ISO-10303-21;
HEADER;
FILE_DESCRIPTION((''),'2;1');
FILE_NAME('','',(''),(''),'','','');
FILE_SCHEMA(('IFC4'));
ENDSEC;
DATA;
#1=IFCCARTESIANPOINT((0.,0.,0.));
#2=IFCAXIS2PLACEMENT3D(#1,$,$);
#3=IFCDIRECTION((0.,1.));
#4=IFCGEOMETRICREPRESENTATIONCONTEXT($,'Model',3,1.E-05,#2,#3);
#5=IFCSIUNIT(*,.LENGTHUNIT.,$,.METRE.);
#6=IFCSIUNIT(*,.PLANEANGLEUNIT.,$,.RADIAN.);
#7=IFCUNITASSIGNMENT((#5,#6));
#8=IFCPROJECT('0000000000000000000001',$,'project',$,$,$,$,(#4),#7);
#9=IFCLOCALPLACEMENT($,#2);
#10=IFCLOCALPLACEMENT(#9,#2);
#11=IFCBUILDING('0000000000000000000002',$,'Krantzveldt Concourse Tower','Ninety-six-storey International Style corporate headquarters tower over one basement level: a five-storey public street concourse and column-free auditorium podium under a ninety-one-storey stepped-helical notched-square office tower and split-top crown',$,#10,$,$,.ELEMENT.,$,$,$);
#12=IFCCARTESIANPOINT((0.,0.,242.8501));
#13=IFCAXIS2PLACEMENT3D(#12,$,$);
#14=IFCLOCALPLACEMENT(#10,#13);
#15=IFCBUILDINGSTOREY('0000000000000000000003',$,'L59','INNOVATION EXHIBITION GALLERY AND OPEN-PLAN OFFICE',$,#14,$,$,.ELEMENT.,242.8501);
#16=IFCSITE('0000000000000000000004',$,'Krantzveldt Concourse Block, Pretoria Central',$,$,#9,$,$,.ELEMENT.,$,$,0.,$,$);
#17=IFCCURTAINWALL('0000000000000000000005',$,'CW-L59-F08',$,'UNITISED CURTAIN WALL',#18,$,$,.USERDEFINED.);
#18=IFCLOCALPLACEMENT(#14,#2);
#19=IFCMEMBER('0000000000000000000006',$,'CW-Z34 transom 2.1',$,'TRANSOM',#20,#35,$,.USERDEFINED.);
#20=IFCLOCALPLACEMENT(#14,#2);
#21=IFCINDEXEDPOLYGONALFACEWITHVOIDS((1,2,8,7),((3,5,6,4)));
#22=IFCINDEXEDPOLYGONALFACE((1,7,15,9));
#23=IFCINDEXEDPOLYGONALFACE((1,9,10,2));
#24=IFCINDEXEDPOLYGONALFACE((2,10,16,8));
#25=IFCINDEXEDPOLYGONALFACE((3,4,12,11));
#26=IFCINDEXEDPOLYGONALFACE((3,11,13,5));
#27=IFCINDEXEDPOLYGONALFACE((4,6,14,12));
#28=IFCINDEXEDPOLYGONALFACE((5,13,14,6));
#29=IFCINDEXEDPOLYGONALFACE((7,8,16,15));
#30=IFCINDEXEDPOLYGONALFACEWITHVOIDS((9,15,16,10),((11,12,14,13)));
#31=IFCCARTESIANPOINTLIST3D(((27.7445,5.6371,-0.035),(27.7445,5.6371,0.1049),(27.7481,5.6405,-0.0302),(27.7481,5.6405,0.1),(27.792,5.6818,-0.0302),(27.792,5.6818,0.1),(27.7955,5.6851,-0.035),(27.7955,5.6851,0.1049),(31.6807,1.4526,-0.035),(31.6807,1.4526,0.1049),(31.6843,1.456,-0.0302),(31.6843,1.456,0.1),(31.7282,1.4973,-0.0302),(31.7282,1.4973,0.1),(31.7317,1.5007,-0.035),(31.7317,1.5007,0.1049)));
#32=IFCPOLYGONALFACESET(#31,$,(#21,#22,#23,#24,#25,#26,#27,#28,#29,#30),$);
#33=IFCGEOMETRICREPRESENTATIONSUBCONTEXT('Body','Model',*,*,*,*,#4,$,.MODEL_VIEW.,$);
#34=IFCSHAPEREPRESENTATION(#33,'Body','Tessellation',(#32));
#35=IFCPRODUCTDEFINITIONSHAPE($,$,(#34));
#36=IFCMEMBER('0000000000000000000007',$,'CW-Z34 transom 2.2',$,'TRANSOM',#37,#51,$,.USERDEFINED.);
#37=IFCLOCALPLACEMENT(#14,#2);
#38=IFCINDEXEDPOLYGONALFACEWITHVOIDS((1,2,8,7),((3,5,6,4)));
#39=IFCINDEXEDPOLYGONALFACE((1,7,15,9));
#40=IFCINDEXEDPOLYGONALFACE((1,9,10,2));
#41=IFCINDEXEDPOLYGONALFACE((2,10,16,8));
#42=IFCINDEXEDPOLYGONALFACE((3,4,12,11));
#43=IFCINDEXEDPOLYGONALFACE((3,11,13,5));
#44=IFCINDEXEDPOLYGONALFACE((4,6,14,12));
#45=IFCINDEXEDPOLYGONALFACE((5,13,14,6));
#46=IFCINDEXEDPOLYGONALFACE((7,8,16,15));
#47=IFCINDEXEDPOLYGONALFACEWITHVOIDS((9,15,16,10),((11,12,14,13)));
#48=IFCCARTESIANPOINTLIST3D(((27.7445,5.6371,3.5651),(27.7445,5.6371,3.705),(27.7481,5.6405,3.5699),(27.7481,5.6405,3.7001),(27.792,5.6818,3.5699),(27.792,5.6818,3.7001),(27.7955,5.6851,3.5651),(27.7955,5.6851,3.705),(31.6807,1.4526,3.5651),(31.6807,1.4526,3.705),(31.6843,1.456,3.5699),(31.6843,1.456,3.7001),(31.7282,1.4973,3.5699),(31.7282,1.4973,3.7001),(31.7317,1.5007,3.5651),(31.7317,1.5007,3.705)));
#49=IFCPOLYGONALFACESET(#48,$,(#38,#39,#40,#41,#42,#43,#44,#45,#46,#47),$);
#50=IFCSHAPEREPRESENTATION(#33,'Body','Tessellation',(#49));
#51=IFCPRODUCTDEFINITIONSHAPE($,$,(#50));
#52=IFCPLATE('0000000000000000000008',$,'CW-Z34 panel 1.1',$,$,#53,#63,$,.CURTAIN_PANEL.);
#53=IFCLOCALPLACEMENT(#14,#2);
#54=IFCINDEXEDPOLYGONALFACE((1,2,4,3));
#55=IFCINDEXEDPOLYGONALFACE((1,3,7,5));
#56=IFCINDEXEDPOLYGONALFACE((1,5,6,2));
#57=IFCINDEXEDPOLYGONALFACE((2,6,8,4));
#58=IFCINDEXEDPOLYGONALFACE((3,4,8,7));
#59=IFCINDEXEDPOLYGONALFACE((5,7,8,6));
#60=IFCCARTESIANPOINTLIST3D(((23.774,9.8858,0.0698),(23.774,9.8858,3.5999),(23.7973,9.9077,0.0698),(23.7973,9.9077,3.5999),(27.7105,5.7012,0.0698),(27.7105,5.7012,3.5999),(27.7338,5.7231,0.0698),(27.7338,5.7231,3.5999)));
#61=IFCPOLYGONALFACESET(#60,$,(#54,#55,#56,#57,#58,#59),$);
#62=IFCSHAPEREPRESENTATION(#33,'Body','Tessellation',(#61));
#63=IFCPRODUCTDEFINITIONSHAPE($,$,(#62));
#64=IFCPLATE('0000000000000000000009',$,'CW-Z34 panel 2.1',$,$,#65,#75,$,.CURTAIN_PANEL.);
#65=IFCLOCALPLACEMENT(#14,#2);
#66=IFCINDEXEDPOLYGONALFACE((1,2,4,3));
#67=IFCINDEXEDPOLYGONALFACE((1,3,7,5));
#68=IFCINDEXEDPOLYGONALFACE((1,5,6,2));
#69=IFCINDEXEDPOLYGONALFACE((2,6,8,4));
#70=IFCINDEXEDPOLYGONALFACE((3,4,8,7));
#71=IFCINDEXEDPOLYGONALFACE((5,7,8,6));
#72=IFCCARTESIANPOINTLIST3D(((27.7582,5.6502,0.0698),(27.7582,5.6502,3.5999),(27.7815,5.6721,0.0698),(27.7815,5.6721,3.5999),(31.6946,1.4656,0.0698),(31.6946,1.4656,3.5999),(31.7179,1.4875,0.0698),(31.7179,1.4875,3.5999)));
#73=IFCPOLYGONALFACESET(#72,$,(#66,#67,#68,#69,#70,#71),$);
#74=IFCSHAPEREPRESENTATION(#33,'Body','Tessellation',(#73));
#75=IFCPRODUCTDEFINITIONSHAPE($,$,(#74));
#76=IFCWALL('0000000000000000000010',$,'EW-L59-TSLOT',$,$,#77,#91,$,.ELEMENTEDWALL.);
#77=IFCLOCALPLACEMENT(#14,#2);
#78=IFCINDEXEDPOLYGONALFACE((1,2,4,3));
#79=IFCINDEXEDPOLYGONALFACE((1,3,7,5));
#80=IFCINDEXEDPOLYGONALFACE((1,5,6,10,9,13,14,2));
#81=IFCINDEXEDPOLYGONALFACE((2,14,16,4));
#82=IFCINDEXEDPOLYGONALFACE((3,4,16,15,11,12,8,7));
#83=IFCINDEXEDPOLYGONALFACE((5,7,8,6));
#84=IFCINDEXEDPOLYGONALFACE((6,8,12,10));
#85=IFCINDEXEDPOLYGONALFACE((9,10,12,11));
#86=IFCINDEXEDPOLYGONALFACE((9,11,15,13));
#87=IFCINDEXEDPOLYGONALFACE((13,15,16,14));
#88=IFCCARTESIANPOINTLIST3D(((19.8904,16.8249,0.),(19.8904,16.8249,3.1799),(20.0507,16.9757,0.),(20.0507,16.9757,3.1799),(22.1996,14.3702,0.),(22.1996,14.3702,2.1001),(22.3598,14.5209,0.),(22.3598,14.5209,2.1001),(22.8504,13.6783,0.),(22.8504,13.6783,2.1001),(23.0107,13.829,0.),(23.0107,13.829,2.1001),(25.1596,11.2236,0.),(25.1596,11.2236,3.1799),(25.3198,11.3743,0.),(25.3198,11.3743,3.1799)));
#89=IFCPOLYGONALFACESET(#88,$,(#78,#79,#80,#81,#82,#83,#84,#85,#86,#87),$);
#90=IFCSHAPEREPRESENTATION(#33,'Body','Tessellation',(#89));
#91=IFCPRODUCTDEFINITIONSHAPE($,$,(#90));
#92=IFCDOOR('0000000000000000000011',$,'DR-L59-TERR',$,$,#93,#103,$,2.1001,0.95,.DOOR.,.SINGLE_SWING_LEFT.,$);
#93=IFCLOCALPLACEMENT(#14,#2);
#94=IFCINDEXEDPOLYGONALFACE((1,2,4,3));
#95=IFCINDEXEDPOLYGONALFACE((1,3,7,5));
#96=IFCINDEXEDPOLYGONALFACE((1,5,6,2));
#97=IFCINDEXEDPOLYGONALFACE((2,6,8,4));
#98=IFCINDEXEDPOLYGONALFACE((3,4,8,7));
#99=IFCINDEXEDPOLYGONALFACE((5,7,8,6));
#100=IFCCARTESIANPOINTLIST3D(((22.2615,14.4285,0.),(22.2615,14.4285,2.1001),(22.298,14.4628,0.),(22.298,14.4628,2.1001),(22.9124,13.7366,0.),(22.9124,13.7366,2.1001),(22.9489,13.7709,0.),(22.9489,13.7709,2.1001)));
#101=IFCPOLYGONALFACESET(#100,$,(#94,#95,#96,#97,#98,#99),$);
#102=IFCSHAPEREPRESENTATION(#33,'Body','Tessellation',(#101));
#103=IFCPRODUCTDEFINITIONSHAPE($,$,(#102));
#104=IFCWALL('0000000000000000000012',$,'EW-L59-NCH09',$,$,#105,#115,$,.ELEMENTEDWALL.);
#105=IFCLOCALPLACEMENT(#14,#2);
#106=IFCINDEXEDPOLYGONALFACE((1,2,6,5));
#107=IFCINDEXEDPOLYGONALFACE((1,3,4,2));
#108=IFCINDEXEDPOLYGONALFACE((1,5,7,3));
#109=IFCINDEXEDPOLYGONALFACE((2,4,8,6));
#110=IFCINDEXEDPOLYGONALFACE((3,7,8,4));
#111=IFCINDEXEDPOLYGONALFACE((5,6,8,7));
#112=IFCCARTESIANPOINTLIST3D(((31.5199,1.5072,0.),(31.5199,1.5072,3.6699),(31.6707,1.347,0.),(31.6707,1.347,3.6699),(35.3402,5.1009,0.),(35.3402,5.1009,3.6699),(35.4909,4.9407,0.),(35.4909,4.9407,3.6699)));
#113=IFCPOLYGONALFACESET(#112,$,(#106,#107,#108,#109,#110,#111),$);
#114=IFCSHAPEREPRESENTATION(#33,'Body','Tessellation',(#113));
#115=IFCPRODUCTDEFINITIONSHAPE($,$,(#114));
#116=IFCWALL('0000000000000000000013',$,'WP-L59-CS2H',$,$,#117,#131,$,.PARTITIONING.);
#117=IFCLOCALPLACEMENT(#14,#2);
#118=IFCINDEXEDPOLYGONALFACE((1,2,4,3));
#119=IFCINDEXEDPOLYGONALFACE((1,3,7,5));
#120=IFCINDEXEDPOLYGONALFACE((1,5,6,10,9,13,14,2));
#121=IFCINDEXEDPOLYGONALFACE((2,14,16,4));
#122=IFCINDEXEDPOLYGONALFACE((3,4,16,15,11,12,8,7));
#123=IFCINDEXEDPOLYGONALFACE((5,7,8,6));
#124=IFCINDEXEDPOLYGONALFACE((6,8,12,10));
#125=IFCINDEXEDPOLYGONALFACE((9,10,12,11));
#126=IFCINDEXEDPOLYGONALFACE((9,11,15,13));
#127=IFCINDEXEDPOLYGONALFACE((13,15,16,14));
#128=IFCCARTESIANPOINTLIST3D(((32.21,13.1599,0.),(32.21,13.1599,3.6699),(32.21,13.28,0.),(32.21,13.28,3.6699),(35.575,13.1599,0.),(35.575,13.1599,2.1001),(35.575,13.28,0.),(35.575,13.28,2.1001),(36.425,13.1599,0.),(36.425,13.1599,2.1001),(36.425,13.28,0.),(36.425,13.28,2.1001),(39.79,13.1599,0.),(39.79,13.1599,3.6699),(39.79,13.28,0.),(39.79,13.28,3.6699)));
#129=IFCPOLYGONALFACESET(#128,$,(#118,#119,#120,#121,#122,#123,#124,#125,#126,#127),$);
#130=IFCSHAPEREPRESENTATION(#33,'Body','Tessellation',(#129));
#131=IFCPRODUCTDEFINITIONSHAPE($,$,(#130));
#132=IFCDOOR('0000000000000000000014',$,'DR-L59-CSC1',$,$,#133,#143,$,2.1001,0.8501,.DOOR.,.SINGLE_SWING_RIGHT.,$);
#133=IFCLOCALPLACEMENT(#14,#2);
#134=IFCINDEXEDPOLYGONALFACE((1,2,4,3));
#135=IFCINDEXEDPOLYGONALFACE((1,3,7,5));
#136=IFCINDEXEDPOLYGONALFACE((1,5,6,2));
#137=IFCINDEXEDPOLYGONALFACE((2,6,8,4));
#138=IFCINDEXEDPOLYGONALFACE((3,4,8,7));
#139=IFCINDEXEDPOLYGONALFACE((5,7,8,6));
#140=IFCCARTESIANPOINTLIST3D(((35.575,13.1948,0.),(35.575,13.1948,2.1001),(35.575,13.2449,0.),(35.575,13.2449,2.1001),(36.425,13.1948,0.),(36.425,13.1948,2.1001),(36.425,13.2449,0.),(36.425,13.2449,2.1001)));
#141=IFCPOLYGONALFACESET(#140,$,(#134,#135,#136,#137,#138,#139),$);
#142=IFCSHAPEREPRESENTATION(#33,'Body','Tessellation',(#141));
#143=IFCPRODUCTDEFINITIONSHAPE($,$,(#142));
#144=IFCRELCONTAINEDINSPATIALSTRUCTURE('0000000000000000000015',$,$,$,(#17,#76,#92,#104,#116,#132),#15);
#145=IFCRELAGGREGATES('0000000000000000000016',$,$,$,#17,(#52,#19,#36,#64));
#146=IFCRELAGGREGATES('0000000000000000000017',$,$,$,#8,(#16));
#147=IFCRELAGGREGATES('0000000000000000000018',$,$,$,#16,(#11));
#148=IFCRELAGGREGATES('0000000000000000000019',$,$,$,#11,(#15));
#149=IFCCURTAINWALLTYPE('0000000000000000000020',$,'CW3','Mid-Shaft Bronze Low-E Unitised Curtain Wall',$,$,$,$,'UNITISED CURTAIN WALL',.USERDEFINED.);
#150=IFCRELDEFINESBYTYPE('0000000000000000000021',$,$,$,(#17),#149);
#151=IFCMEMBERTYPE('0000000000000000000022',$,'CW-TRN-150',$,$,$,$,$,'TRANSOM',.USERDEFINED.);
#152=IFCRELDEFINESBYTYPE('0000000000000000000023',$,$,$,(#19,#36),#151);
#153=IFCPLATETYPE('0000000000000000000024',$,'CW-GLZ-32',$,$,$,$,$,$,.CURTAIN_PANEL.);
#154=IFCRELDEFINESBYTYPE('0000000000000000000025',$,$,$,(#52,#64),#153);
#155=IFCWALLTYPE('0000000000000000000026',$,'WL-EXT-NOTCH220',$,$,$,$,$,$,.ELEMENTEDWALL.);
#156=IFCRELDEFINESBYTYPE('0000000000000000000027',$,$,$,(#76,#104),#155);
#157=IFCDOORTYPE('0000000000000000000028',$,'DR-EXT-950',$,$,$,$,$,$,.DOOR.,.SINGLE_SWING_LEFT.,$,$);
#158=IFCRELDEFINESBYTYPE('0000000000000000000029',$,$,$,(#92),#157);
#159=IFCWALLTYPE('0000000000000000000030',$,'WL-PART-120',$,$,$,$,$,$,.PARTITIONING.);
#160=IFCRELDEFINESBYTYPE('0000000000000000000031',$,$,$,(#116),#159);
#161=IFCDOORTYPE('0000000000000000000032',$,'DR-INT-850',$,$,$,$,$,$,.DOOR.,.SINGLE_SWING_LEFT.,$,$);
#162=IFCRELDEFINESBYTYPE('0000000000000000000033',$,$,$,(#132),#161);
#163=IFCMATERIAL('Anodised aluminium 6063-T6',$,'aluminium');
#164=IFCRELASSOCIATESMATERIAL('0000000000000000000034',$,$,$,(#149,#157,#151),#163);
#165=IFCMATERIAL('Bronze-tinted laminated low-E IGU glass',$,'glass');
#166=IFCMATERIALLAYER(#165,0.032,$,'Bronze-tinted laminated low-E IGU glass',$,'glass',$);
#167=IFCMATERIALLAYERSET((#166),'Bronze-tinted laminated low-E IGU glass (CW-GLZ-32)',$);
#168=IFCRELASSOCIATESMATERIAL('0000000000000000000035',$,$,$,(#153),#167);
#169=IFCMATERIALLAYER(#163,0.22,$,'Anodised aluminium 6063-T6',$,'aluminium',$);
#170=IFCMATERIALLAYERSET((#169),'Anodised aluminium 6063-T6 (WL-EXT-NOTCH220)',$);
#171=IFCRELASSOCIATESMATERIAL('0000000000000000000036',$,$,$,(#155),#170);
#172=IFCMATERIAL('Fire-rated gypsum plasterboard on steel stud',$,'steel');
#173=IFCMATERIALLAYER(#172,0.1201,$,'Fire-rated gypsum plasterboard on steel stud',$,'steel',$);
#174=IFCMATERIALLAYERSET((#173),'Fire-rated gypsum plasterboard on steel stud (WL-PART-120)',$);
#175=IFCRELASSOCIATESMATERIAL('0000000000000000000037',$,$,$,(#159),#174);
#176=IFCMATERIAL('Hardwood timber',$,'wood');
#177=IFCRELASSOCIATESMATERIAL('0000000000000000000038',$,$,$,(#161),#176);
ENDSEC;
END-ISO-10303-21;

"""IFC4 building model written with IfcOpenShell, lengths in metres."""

from ifc_helpers import new_model, si_unit, direction, frame, frame_2d, origin, origin_2d, place, context, subcontext, project, spatial, rectangle, hollow_rectangle, extrude, source, transform, mapped, material, layer, layer_set, material_profile, profile_set, type_object, type_shapes, element, fill, aggregate, save


model = new_model("IFC4")

# Units and contexts
model_context = context("Model", 3, precision=1e-05, world=origin(), true_north=direction((0.0, 1.0)))
body_context = subcontext(model_context, "Body", "Model", "MODEL_VIEW")
ifc_project = project(units=[si_unit("LENGTHUNIT", "METRE"), si_unit("PLANEANGLEUNIT", "RADIAN")], contexts=[model_context])

# Site, building, storey
site_placement = place(None, origin())
site = spatial("IfcSite", under=ifc_project, at=site_placement, Name="Krantzveldt Concourse Block, Pretoria Central", CompositionType="ELEMENT", RefElevation=0.0)
building_placement = place(site_placement, origin())
building = spatial("IfcBuilding", under=site, at=building_placement, Name="Krantzveldt Concourse Tower", Description="Ninety-six-storey International Style corporate headquarters tower over one basement level: a five-storey public street concourse and column-free auditorium podium under a ninety-one-storey stepped-helical notched-square office tower and split-top crown", CompositionType="ELEMENT")
storey_placement = place(building_placement, frame((0.0, 0.0, 242.8501)))
storey = spatial("IfcBuildingStorey", under=building, at=storey_placement, Name="L59", Description="INNOVATION EXHIBITION GALLERY AND OPEN-PLAN OFFICE", CompositionType="ELEMENT", Elevation=242.8501)

# Shared definitions
ifc_material_1 = material(Name="Anodised aluminium 6063-T6", Category="aluminium")

# Curtain wall, members, plates
curtain_wall_type_1 = type_object("IfcCurtainWallType", Name="CW3", Description="Mid-Shaft Bronze Low-E Unitised Curtain Wall", ElementType="UNITISED CURTAIN WALL", PredefinedType="USERDEFINED", material=ifc_material_1)
curtain_wall_1_placement = place(storey_placement, origin())
curtain_wall_1 = element("IfcCurtainWall", 1, at=curtain_wall_1_placement, inside=storey, type_object=curtain_wall_type_1, Name="CW-L59-F08", ObjectType="UNITISED CURTAIN WALL", PredefinedType="USERDEFINED")
ifc_material_profile_1 = material_profile(ifc_material_1, hollow_rectangle(XDim=0.0701, YDim=0.1399, WallThickness=0.0049, at=origin_2d()), Name="Anodised aluminium 6063-T6", Category="aluminium")
ifc_profile_set_1 = profile_set([ifc_material_profile_1], Name="Anodised aluminium 6063-T6 - ALU-TRAN 140x70x5")
member_type_1 = type_object("IfcMemberType", Name="CW-TRN-150", ElementType="TRANSOM", PredefinedType="USERDEFINED", material=ifc_profile_set_1)
shared_shape_1 = source(origin(), body_context, "Body", "SweptSolid", [
    extrude(hollow_rectangle(XDim=0.0701, YDim=0.1399, WallThickness=0.0049, at=origin_2d()), origin(), (0.0, 0.0, 1.0), 5.7449),
])
type_shapes(member_type_1, [shared_shape_1])
member_1_placement = place(storey_placement, frame((27.77, 5.6611, 0.0349), z_axis=(0.685167, -0.728386, 0.0), x_axis=(0.728386, 0.685167, 0.0)))
member_1 = element("IfcMember", 2, at=member_1_placement, type_object=member_type_1, Name="CW-Z34 transom 2.1", ObjectType="TRANSOM", PredefinedType="USERDEFINED", context=body_context, shape_type="MappedRepresentation", body=[
    mapped(shared_shape_1, transform((0.0, 0.0, 0.0), x_axis=(1.0, 0.0, 0.0), y_axis=(0.0, 1.0, 0.0), z_axis=(0.0, 0.0, 1.0), scale=1.0)),
])
member_2_placement = place(storey_placement, frame((27.77, 5.6611, 3.635), z_axis=(0.685167, -0.728386, 0.0), x_axis=(0.728386, 0.685167, 0.0)))
member_2 = element("IfcMember", 3, at=member_2_placement, type_object=member_type_1, Name="CW-Z34 transom 2.2", ObjectType="TRANSOM", PredefinedType="USERDEFINED", context=body_context, shape_type="MappedRepresentation", body=[
    mapped(shared_shape_1, transform((0.0, 0.0, 0.0), x_axis=(1.0, 0.0, 0.0), y_axis=(0.0, 1.0, 0.0), z_axis=(0.0, 0.0, 1.0), scale=1.0)),
])
ifc_material_2 = material(Name="Bronze-tinted laminated low-E IGU glass", Category="glass")
ifc_layer_1 = layer(ifc_material_2, 0.032, Name="Bronze-tinted laminated low-E IGU glass", Category="glass")
ifc_layer_set_1 = layer_set([ifc_layer_1], Name="Bronze-tinted laminated low-E IGU glass (CW-GLZ-32)")
plate_type = type_object("IfcPlateType", Name="CW-GLZ-32", PredefinedType="CURTAIN_PANEL", material=ifc_layer_set_1)
shared_shape_2 = source(origin(), body_context, "Body", "SweptSolid", [
    extrude(rectangle(XDim=5.7451, YDim=0.032, at=origin_2d()), origin(), (0.0, 0.0, 1.0), 3.53),
])
type_shapes(plate_type, [shared_shape_2])
plate_1_placement = place(storey_placement, frame((25.7539, 7.8044, 0.0698), z_axis=(0.0, 0.0, 1.0), x_axis=(0.685183, -0.728371, 0.0)))
plate_1 = element("IfcPlate", 4, at=plate_1_placement, type_object=plate_type, Name="CW-Z34 panel 1.1", PredefinedType="CURTAIN_PANEL", context=body_context, shape_type="MappedRepresentation", body=[
    mapped(shared_shape_2, transform((0.0, 0.0, 0.0), x_axis=(1.0, 0.0, 0.0), y_axis=(0.0, 1.0, 0.0), z_axis=(0.0, 0.0, 1.0), scale=1.0)),
])
plate_2_placement = place(storey_placement, frame((29.738, 3.5688, 0.0698), z_axis=(0.0, 0.0, 1.0), x_axis=(0.685183, -0.728371, 0.0)))
plate_2 = element("IfcPlate", 5, at=plate_2_placement, type_object=plate_type, Name="CW-Z34 panel 2.1", PredefinedType="CURTAIN_PANEL", context=body_context, shape_type="MappedRepresentation", body=[
    mapped(shared_shape_2, transform((0.0, 0.0, 0.0), x_axis=(1.0, 0.0, 0.0), y_axis=(0.0, 1.0, 0.0), z_axis=(0.0, 0.0, 1.0), scale=1.0)),
])
aggregate(curtain_wall_1, [plate_1, member_1, member_2, plate_2])

# Wall, opening, door
ifc_layer_2 = layer(ifc_material_1, 0.22, Name="Anodised aluminium 6063-T6", Category="aluminium")
ifc_layer_set_2 = layer_set([ifc_layer_2], Name="Anodised aluminium 6063-T6 (WL-EXT-NOTCH220)")
wall_type_1 = type_object("IfcWallType", Name="WL-EXT-NOTCH220", PredefinedType="ELEMENTEDWALL", material=ifc_layer_set_2)
wall_1_placement = place(storey_placement, frame((25.2397, 11.2988, 0.0), z_axis=(0.0, 0.0, 1.0), x_axis=(-0.685173, 0.728381, 0.0)))
wall_1 = element("IfcWall", 6, at=wall_1_placement, inside=storey, type_object=wall_type_1, Name="EW-L59-TSLOT", PredefinedType="ELEMENTEDWALL", context=body_context, shape_type="SweptSolid", body=[
    extrude(rectangle(XDim=7.6902, YDim=0.22, at=frame_2d((3.8452, 0.0))), origin(), (0.0, 0.0, 1.0), 3.1799),
])
opening_1_placement = place(wall_1_placement, frame((3.3701, 0.0, 0.0)))
opening_1 = element("IfcOpeningElement", 7, at=opening_1_placement, cuts=wall_1, PredefinedType="OPENING", context=body_context, shape_type="SweptSolid", body=[
    extrude(rectangle(XDim=0.95, YDim=2.1001, at=frame_2d((0.4751, 1.05))), frame((0.0, 0.1201, 0.0), z_axis=(0.0, -1.0, 0.0), x_axis=(1.0, 0.0, 0.0)), (0.0, 0.0, 1.0), 0.24),
])
door_type_1 = type_object("IfcDoorType", Name="DR-EXT-950", OperationType="SINGLE_SWING_LEFT", PredefinedType="DOOR", material=ifc_material_1)
door_1_placement = place(opening_1_placement, origin())
door_1 = element("IfcDoor", 8, at=door_1_placement, inside=storey, type_object=door_type_1, Name="DR-L59-TERR", OperationType="SINGLE_SWING_LEFT", OverallHeight=2.1001, OverallWidth=0.95, PredefinedType="DOOR", context=body_context, shape_type="SweptSolid", body=[
    extrude(rectangle(XDim=0.95, YDim=2.1001, at=frame_2d((0.4751, 1.05))), frame((0.0, 0.0249, 0.0), z_axis=(0.0, -1.0, 0.0), x_axis=(1.0, 0.0, 0.0)), (0.0, 0.0, 1.0), 0.05),
])
fill(opening_1, door_1)

# Wall
wall_2_placement = place(storey_placement, frame((31.5952, 1.427, 0.0), z_axis=(0.0, 0.0, 1.0), x_axis=(0.728375, 0.685179, 0.0)))
element("IfcWall", 9, at=wall_2_placement, inside=storey, type_object=wall_type_1, Name="EW-L59-NCH09", PredefinedType="ELEMENTEDWALL", context=body_context, shape_type="SweptSolid", body=[
    extrude(rectangle(XDim=5.2449, YDim=0.22, at=frame_2d((2.6226, 0.0))), origin(), (0.0, 0.0, 1.0), 3.6699),
])

# Wall, opening, door
ifc_material_3 = material(Name="Fire-rated gypsum plasterboard on steel stud", Category="steel")
ifc_layer_3 = layer(ifc_material_3, 0.1201, Name="Fire-rated gypsum plasterboard on steel stud", Category="steel")
ifc_layer_set_3 = layer_set([ifc_layer_3], Name="Fire-rated gypsum plasterboard on steel stud (WL-PART-120)")
wall_type_2 = type_object("IfcWallType", Name="WL-PART-120", PredefinedType="PARTITIONING", material=ifc_layer_set_3)
wall_3_placement = place(storey_placement, frame((32.21, 13.22, 0.0), z_axis=(0.0, 0.0, 1.0), x_axis=(1.0, 0.0, 0.0)))
wall_3 = element("IfcWall", 10, at=wall_3_placement, inside=storey, type_object=wall_type_2, Name="WP-L59-CS2H", PredefinedType="PARTITIONING", context=body_context, shape_type="SweptSolid", body=[
    extrude(rectangle(XDim=7.5801, YDim=0.1201, at=frame_2d((3.79, 0.0))), origin(), (0.0, 0.0, 1.0), 3.6699),
])
opening_2_placement = place(wall_3_placement, frame((3.365, 0.0, 0.0)))
opening_2 = element("IfcOpeningElement", 11, at=opening_2_placement, cuts=wall_3, PredefinedType="OPENING", context=body_context, shape_type="SweptSolid", body=[
    extrude(rectangle(XDim=0.8501, YDim=2.1001, at=frame_2d((0.425, 1.05))), frame((0.0, 0.0701, 0.0), z_axis=(0.0, -1.0, 0.0), x_axis=(1.0, 0.0, 0.0)), (0.0, 0.0, 1.0), 0.1401),
])
ifc_material_4 = material(Name="Hardwood timber", Category="wood")
door_type_2 = type_object("IfcDoorType", Name="DR-INT-850", OperationType="SINGLE_SWING_LEFT", PredefinedType="DOOR", material=ifc_material_4)
door_2_placement = place(opening_2_placement, origin())
door_2 = element("IfcDoor", 12, at=door_2_placement, inside=storey, type_object=door_type_2, Name="DR-L59-CSC1", OperationType="SINGLE_SWING_RIGHT", OverallHeight=2.1001, OverallWidth=0.8501, PredefinedType="DOOR", context=body_context, shape_type="SweptSolid", body=[
    extrude(rectangle(XDim=0.8501, YDim=2.1001, at=frame_2d((0.425, 1.05))), frame((0.0, 0.0249, 0.0), z_axis=(0.0, -1.0, 0.0), x_axis=(1.0, 0.0, 0.0)), (0.0, 0.0, 1.0), 0.05),
])
fill(opening_2, door_2)

save(model, "model.ifc")
